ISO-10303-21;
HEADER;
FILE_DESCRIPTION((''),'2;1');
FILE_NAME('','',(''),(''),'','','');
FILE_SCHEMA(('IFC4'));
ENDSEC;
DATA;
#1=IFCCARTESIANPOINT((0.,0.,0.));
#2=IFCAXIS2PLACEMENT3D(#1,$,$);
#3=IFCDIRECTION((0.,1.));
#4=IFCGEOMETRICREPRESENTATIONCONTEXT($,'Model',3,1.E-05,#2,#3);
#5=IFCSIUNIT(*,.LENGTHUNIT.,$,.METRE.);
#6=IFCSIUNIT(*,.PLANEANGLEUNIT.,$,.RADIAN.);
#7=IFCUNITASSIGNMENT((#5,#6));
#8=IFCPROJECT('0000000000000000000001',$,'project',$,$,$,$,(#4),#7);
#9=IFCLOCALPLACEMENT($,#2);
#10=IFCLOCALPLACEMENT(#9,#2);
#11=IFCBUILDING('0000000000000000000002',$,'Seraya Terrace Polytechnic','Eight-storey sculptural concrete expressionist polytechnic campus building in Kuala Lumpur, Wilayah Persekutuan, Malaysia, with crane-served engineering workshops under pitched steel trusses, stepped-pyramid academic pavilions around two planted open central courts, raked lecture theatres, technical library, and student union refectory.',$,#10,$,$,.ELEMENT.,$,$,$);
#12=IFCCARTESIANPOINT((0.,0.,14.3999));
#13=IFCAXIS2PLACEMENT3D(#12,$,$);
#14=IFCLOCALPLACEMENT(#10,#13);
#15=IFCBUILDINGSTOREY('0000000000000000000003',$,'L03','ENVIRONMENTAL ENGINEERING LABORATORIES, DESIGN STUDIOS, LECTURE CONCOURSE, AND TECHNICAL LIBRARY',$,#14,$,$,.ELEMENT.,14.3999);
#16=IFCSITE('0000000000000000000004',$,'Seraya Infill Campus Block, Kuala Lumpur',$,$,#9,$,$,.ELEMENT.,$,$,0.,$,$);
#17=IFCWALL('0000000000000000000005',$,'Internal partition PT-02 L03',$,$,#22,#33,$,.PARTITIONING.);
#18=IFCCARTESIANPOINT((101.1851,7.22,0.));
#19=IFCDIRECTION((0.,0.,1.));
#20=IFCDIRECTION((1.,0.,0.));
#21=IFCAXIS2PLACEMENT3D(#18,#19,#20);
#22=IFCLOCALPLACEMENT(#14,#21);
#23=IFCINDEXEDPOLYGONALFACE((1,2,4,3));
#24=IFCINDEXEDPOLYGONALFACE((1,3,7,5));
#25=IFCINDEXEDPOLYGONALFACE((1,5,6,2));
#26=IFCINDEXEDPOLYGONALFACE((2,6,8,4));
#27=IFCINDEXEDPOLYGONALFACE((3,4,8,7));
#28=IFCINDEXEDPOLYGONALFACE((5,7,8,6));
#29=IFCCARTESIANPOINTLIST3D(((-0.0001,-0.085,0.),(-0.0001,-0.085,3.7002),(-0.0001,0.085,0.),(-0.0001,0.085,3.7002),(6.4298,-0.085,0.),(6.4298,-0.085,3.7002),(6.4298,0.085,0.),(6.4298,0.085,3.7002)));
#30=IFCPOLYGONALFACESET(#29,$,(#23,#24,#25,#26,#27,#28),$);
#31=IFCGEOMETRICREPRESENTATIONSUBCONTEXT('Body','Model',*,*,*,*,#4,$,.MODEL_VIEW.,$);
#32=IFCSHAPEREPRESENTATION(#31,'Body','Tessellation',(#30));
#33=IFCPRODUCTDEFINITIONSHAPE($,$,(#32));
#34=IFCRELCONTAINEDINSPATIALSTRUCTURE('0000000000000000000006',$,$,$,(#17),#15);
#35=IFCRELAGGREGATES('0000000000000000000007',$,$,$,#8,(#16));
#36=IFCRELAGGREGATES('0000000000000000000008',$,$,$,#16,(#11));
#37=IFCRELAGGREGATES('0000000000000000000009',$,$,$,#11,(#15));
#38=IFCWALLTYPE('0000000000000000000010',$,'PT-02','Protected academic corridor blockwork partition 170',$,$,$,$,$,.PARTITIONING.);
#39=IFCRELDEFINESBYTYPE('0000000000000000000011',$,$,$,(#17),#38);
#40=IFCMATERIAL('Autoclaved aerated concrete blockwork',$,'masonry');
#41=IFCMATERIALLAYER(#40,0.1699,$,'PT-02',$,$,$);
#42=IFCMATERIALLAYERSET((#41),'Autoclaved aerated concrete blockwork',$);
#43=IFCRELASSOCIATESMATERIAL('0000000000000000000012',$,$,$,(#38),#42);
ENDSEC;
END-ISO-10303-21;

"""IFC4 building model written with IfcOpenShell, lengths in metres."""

from ifc_helpers import new_model, si_unit, direction, frame, frame_2d, origin, place, context, subcontext, project, spatial, rectangle, extrude, material, layer, layer_set, type_object, element, save


model = new_model("IFC4")

# Units and contexts
model_context = context("Model", 3, precision=1e-05, world=origin(), true_north=direction((0.0, 1.0)))
body_context = subcontext(model_context, "Body", "Model", "MODEL_VIEW")
ifc_project = project(units=[si_unit("LENGTHUNIT", "METRE"), si_unit("PLANEANGLEUNIT", "RADIAN")], contexts=[model_context])

# Site, building, storey
site_placement = place(None, origin())
site = spatial("IfcSite", under=ifc_project, at=site_placement, Name="Seraya Infill Campus Block, Kuala Lumpur", CompositionType="ELEMENT", RefElevation=0.0)
building_placement = place(site_placement, origin())
building = spatial("IfcBuilding", under=site, at=building_placement, Name="Seraya Terrace Polytechnic", Description="Eight-storey sculptural concrete expressionist polytechnic campus building in Kuala Lumpur, Wilayah Persekutuan, Malaysia, with crane-served engineering workshops under pitched steel trusses, stepped-pyramid academic pavilions around two planted open central courts, raked lecture theatres, technical library, and student union refectory.", CompositionType="ELEMENT")
storey_placement = place(building_placement, frame((0.0, 0.0, 14.3999)))
storey = spatial("IfcBuildingStorey", under=building, at=storey_placement, Name="L03", Description="ENVIRONMENTAL ENGINEERING LABORATORIES, DESIGN STUDIOS, LECTURE CONCOURSE, AND TECHNICAL LIBRARY", CompositionType="ELEMENT", Elevation=14.3999)

# Shared definitions
ifc_material_1 = material(Name="Autoclaved aerated concrete blockwork", Category="masonry")
ifc_layer_1 = layer(ifc_material_1, 0.1699, Name="PT-02")
ifc_layer_set_1 = layer_set([ifc_layer_1], Name="Autoclaved aerated concrete blockwork")
wall_type_1 = type_object("IfcWallType", Name="PT-02", Description="Protected academic corridor blockwork partition 170", PredefinedType="PARTITIONING", material=ifc_layer_set_1)

# Wall
wall_1_placement = place(storey_placement, frame((101.1851, 7.22, 0.0), z_axis=(0.0, 0.0, 1.0), x_axis=(1.0, 0.0, 0.0)))
element("IfcWall", 1, at=wall_1_placement, inside=storey, type_object=wall_type_1, Name="Internal partition PT-02 L03", PredefinedType="PARTITIONING", context=body_context, shape_type="SweptSolid", body=[
    extrude(rectangle(XDim=6.4299, YDim=0.1699, at=frame_2d((3.2148, 0.0))), origin(), (0.0, 0.0, 1.0), 3.7002),
])

save(model, "model.ifc")
